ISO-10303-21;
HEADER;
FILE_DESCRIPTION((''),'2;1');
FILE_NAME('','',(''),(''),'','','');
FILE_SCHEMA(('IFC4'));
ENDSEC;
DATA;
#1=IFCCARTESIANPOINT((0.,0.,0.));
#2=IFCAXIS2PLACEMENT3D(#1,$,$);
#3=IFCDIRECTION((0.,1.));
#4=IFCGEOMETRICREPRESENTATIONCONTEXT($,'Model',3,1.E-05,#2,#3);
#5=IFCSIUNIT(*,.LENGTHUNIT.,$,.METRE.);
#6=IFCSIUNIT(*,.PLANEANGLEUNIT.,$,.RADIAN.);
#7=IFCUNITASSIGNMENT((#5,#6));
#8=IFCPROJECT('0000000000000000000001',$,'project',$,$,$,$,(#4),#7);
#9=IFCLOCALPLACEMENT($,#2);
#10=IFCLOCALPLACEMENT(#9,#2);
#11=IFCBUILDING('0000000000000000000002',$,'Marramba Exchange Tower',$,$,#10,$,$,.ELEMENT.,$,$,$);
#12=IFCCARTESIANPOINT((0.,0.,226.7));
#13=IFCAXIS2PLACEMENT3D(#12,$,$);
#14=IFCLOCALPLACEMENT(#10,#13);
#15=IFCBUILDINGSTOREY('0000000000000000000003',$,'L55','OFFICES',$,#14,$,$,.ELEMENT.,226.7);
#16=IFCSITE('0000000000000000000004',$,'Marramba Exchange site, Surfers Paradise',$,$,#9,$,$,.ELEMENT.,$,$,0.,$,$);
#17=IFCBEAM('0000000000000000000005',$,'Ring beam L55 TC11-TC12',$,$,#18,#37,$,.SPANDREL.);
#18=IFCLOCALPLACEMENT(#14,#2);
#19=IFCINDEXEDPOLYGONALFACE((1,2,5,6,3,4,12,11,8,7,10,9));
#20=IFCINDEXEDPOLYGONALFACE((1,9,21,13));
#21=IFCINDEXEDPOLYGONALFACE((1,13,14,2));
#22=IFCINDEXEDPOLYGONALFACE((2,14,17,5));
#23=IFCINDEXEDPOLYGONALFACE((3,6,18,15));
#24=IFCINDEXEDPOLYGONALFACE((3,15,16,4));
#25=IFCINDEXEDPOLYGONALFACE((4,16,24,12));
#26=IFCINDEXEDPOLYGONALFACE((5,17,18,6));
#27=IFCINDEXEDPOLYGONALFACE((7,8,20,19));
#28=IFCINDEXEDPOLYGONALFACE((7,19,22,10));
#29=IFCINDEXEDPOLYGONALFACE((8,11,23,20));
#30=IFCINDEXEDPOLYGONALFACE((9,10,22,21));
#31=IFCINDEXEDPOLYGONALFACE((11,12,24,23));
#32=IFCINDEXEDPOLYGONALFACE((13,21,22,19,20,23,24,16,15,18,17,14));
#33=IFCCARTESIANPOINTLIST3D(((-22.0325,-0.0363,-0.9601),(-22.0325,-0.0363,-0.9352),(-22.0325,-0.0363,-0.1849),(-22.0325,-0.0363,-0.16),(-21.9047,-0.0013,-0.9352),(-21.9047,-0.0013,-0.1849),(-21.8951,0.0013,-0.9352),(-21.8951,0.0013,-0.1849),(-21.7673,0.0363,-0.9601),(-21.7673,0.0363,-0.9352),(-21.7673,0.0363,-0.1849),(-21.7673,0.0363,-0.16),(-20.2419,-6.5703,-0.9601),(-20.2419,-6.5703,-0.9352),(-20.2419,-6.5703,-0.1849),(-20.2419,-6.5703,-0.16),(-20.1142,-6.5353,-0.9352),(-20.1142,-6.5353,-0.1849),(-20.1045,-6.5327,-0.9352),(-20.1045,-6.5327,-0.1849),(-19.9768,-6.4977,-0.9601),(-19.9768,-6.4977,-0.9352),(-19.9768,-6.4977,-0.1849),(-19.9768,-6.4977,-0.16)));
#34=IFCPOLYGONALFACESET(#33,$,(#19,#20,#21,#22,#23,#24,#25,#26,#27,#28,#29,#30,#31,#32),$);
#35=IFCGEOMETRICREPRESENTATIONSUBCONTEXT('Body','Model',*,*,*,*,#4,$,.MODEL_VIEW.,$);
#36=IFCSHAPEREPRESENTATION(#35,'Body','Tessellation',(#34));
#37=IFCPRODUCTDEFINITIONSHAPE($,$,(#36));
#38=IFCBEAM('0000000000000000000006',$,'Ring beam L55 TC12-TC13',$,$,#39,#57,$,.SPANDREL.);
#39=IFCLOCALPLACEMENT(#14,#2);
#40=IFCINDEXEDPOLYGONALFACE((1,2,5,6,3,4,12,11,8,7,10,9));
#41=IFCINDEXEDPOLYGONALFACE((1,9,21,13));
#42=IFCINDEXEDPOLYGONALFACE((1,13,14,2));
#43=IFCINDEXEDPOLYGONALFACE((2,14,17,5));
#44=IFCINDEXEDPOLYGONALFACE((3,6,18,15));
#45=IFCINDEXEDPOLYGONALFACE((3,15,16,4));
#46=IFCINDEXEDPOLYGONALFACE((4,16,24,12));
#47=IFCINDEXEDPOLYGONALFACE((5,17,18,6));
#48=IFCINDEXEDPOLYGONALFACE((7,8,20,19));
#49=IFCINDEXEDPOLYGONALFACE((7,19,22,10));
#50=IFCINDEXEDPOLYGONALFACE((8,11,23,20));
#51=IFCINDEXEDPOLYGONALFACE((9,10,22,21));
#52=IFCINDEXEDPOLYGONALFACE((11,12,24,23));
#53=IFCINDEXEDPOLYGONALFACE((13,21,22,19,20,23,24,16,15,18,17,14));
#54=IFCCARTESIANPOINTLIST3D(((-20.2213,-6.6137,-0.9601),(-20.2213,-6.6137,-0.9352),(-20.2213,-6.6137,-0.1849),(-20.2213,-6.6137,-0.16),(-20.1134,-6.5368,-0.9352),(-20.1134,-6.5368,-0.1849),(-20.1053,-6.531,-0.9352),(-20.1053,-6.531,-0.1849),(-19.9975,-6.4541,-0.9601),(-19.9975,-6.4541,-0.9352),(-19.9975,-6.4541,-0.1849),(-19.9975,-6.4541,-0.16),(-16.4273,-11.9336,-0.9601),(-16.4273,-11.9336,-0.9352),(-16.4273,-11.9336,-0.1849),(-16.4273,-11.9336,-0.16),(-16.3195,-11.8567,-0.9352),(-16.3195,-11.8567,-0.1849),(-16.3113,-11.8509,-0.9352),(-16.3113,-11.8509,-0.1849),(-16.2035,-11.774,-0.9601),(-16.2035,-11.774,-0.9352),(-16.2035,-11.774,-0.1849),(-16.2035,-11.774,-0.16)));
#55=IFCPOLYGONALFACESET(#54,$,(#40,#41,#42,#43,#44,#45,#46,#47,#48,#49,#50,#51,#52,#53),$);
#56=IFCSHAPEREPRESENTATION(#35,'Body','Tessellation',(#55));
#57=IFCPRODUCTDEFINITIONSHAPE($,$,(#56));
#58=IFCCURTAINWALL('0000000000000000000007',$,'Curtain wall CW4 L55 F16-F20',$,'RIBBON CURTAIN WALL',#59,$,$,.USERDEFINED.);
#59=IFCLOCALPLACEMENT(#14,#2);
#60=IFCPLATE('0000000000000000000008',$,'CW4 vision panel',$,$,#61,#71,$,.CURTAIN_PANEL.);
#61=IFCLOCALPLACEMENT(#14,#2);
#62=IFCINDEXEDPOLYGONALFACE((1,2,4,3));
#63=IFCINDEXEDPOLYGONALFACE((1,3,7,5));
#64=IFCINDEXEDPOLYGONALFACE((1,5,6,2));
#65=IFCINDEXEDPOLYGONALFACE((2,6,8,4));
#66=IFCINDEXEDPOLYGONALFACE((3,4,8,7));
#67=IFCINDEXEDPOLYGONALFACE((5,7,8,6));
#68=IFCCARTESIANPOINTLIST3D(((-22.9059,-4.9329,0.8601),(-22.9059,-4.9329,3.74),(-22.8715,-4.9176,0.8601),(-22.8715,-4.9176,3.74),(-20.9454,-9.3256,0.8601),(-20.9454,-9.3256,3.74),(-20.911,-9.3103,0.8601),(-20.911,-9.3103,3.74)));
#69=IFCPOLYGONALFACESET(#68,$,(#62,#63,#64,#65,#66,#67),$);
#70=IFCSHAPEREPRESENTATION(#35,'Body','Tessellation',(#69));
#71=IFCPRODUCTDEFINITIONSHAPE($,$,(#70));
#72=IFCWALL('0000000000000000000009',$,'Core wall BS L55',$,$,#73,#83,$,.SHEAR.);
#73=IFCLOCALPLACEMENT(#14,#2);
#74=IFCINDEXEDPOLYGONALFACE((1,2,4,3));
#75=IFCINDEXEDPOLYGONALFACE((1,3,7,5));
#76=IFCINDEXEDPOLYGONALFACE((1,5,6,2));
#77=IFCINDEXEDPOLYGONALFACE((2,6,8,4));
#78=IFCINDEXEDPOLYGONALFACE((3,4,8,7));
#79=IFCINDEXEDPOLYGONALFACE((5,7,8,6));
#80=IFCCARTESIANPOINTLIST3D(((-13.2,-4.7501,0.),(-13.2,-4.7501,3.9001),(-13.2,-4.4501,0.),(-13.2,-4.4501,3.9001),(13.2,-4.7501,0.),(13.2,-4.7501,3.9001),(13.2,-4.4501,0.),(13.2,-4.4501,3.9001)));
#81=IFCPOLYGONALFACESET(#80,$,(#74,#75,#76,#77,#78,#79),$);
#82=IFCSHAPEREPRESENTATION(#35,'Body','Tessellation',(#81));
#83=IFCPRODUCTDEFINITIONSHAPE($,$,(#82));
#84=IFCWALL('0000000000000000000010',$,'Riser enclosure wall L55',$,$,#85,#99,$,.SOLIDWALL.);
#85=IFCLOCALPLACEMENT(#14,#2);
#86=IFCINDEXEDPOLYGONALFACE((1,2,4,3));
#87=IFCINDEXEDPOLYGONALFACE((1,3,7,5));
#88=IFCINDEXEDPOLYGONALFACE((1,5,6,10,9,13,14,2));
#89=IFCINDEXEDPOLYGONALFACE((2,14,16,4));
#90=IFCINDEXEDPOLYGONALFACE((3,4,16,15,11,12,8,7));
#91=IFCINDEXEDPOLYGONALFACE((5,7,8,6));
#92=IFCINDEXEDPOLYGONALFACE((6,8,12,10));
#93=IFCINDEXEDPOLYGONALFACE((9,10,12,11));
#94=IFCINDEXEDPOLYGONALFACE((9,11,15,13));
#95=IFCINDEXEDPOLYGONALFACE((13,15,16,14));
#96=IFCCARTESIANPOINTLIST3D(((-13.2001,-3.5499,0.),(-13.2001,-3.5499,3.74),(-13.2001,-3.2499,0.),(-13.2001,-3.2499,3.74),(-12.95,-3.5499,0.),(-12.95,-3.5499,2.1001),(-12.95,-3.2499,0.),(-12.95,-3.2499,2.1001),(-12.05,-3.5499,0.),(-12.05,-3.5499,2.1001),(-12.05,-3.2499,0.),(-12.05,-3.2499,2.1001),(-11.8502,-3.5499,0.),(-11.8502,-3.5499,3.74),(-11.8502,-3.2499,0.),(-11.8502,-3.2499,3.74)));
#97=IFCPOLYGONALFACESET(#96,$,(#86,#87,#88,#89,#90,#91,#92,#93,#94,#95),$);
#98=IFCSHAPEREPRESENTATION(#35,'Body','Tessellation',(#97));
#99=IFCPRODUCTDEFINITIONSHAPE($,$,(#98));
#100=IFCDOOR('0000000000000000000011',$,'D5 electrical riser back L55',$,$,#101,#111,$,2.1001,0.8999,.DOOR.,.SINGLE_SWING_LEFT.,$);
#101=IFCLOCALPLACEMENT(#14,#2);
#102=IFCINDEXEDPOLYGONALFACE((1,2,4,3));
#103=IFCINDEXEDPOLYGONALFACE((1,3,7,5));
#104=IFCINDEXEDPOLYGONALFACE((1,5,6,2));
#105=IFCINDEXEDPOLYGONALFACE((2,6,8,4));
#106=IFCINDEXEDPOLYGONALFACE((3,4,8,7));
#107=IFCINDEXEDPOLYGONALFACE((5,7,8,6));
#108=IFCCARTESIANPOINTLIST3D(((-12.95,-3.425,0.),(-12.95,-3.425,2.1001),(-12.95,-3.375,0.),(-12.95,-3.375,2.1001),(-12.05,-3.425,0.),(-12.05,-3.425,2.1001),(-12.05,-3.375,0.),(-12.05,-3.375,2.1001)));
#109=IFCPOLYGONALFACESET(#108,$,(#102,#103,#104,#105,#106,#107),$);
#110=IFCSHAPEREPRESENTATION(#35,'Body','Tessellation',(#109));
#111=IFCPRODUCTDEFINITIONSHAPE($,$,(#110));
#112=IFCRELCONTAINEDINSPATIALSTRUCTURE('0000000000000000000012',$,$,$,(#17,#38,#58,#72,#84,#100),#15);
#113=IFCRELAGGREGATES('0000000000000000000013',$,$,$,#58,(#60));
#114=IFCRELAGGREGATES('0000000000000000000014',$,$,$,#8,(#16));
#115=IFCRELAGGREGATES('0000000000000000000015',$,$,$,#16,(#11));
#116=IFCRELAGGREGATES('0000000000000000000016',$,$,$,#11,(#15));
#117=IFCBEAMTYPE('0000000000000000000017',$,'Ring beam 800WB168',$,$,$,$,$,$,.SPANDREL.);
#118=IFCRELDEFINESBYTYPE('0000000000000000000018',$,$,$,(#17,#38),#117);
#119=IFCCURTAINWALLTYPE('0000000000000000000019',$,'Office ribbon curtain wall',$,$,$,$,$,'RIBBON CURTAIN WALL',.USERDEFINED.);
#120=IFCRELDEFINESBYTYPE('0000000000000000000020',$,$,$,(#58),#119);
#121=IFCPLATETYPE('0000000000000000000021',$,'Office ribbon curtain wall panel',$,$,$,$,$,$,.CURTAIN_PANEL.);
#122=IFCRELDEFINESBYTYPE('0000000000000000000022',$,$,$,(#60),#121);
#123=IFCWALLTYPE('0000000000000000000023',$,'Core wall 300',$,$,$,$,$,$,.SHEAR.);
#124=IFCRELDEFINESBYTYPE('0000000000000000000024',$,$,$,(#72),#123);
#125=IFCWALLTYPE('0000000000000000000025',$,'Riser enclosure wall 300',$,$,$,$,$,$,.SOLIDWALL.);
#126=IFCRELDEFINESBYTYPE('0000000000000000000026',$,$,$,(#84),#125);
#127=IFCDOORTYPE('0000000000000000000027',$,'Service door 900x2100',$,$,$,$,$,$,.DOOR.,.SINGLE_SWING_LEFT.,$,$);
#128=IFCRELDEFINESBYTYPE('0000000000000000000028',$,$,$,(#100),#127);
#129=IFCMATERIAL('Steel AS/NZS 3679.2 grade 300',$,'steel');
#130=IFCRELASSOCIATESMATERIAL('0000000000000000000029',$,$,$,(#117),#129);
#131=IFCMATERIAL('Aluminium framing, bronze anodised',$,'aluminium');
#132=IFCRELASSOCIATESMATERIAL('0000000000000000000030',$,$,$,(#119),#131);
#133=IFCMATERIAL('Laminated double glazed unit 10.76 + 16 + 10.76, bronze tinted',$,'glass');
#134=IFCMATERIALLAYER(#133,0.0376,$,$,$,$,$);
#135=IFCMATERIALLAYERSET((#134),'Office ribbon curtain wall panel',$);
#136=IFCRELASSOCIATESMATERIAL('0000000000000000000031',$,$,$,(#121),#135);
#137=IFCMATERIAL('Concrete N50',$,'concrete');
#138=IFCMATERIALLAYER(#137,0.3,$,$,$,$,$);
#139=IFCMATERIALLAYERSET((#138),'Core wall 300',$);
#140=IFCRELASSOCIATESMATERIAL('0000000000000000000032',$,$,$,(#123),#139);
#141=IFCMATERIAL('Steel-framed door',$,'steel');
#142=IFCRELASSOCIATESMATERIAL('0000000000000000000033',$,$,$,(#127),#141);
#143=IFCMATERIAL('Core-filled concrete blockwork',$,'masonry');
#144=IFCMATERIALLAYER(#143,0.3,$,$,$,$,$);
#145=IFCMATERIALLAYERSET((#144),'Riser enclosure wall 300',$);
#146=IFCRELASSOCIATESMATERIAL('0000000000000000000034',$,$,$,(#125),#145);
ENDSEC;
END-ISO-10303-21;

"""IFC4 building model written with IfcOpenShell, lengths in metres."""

from ifc_helpers import new_model, si_unit, direction, frame, frame_2d, origin, origin_2d, place, context, subcontext, project, spatial, rectangle, i_section, extrude, material, layer, layer_set, material_profile, profile_set, type_object, element, fill, aggregate, save


model = new_model("IFC4")

# Units and contexts
model_context = context("Model", 3, precision=1e-05, world=origin(), true_north=direction((0.0, 1.0)))
body_context = subcontext(model_context, "Body", "Model", "MODEL_VIEW")
ifc_project = project(units=[si_unit("LENGTHUNIT", "METRE"), si_unit("PLANEANGLEUNIT", "RADIAN")], contexts=[model_context])

# Site, building, storey
site_placement = place(None, origin())
site = spatial("IfcSite", under=ifc_project, at=site_placement, Name="Marramba Exchange site, Surfers Paradise", CompositionType="ELEMENT", RefElevation=0.0)
building_placement = place(site_placement, origin())
building = spatial("IfcBuilding", under=site, at=building_placement, Name="Marramba Exchange Tower", CompositionType="ELEMENT")
storey_placement = place(building_placement, frame((0.0, 0.0, 226.7)))
storey = spatial("IfcBuildingStorey", under=building, at=storey_placement, Name="L55", Description="OFFICES", CompositionType="ELEMENT", Elevation=226.7)

# Shared definitions
ifc_material_1 = material(Name="Concrete N50", Category="concrete")

# Beams
ifc_material_2 = material(Name="Steel AS/NZS 3679.2 grade 300", Category="steel")
ifc_material_profile_1 = material_profile(ifc_material_2, i_section(OverallWidth=0.2749, OverallDepth=0.8, WebThickness=0.01, FlangeThickness=0.0249, at=origin_2d()), Name="800WB168")
ifc_profile_set_1 = profile_set([ifc_material_profile_1], Name="Steel AS/NZS 3679.2 grade 300")
beam_type_1 = type_object("IfcBeamType", Name="Ring beam 800WB168", PredefinedType="SPANDREL", material=ifc_profile_set_1)
beam_1_placement = place(storey_placement, frame((-21.8999, 0.0, -0.5601), z_axis=(0.264291, -0.964443, 0.0), x_axis=(0.964443, 0.264291, 0.0)))
element("IfcBeam", 1, at=beam_1_placement, inside=storey, type_object=beam_type_1, Name="Ring beam L55 TC11-TC12", PredefinedType="SPANDREL", context=body_context, shape_type="SweptSolid", body=[
    extrude(i_section(OverallWidth=0.2749, OverallDepth=0.8, WebThickness=0.01, FlangeThickness=0.0249, at=origin_2d()), origin(), (0.0, 0.0, 1.0), 6.7749),
])
beam_2_placement = place(storey_placement, frame((-20.1094, -6.5339, -0.5601), z_axis=(0.580637, -0.814162, 0.0), x_axis=(0.814162, 0.580637, 0.0)))
element("IfcBeam", 2, at=beam_2_placement, inside=storey, type_object=beam_type_1, Name="Ring beam L55 TC12-TC13", PredefinedType="SPANDREL", context=body_context, shape_type="SweptSolid", body=[
    extrude(i_section(OverallWidth=0.2749, OverallDepth=0.8, WebThickness=0.01, FlangeThickness=0.0249, at=origin_2d()), origin(), (0.0, 0.0, 1.0), 6.5342),
])

# Curtain wall, plate
ifc_material_3 = material(Name="Aluminium framing, bronze anodised", Category="aluminium")
curtain_wall_type = type_object("IfcCurtainWallType", Name="Office ribbon curtain wall", ElementType="RIBBON CURTAIN WALL", PredefinedType="USERDEFINED", material=ifc_material_3)
curtain_wall_placement = place(storey_placement, origin())
curtain_wall = element("IfcCurtainWall", 3, at=curtain_wall_placement, inside=storey, type_object=curtain_wall_type, Name="Curtain wall CW4 L55 F16-F20", ObjectType="RIBBON CURTAIN WALL", PredefinedType="USERDEFINED")
ifc_material_4 = material(Name="Laminated double glazed unit 10.76 + 16 + 10.76, bronze tinted", Category="glass")
ifc_layer_1 = layer(ifc_material_4, 0.0376)
ifc_layer_set_1 = layer_set([ifc_layer_1], Name="Office ribbon curtain wall panel")
plate_type = type_object("IfcPlateType", Name="Office ribbon curtain wall panel", PredefinedType="CURTAIN_PANEL", material=ifc_layer_set_1)
plate_placement = place(storey_placement, frame((-21.9084, -7.1216, 0.8601), z_axis=(0.0, 0.0, 1.0), x_axis=(0.407558, -0.91318, 0.0)))
plate = element("IfcPlate", 4, at=plate_placement, type_object=plate_type, Name="CW4 vision panel", PredefinedType="CURTAIN_PANEL", context=body_context, shape_type="SweptSolid", body=[
    extrude(rectangle(XDim=4.8103, YDim=0.0376, at=origin_2d()), origin(), (0.0, 0.0, 1.0), 2.8799),
])
aggregate(curtain_wall, [plate])

# Shared definitions
ifc_layer_2 = layer(ifc_material_1, 0.3)
ifc_layer_set_2 = layer_set([ifc_layer_2], Name="Core wall 300")
wall_type_1 = type_object("IfcWallType", Name="Core wall 300", PredefinedType="SHEAR", material=ifc_layer_set_2)
ifc_material_5 = material(Name="Steel-framed door", Category="steel")
door_type_1 = type_object("IfcDoorType", Name="Service door 900x2100", OperationType="SINGLE_SWING_LEFT", PredefinedType="DOOR", material=ifc_material_5)

# Wall
wall_1_placement = place(storey_placement, frame((-13.2, -4.6001, 0.0), z_axis=(0.0, 0.0, 1.0), x_axis=(1.0, 0.0, 0.0)))
element("IfcWall", 5, at=wall_1_placement, inside=storey, type_object=wall_type_1, Name="Core wall BS L55", PredefinedType="SHEAR", context=body_context, shape_type="SweptSolid", body=[
    extrude(rectangle(XDim=26.3999, YDim=0.3, at=frame_2d((13.2, 0.0))), origin(), (0.0, 0.0, 1.0), 3.9001),
])

# Wall, opening, door
ifc_material_6 = material(Name="Core-filled concrete blockwork", Category="masonry")
ifc_layer_3 = layer(ifc_material_6, 0.3)
ifc_layer_set_3 = layer_set([ifc_layer_3], Name="Riser enclosure wall 300")
wall_type_2 = type_object("IfcWallType", Name="Riser enclosure wall 300", PredefinedType="SOLIDWALL", material=ifc_layer_set_3)
wall_2_placement = place(storey_placement, frame((-13.2, -3.3999, 0.0), z_axis=(0.0, 0.0, 1.0), x_axis=(1.0, 0.0, 0.0)))
wall_2 = element("IfcWall", 6, at=wall_2_placement, inside=storey, type_object=wall_type_2, Name="Riser enclosure wall L55", PredefinedType="SOLIDWALL", context=body_context, shape_type="SweptSolid", body=[
    extrude(rectangle(XDim=1.3499, YDim=0.3, at=frame_2d((0.6748, 0.0))), origin(), (0.0, 0.0, 1.0), 3.74),
])
opening_1_placement = place(wall_2_placement, frame((0.25, 0.0, 0.0)))
opening_1 = element("IfcOpeningElement", 7, at=opening_1_placement, cuts=wall_2, PredefinedType="OPENING", context=body_context, shape_type="SweptSolid", body=[
    extrude(rectangle(XDim=0.8999, YDim=2.1001, at=frame_2d((0.45, 1.05))), frame((0.0, 0.1599, 0.0), z_axis=(0.0, -1.0, 0.0), x_axis=(1.0, 0.0, 0.0)), (0.0, 0.0, 1.0), 0.3201),
])
door_1_placement = place(opening_1_placement, frame((0.8999, 0.0, 0.0), z_axis=(0.0, 0.0, 1.0), x_axis=(-1.0, 0.0, 0.0)))
door_1 = element("IfcDoor", 8, at=door_1_placement, inside=storey, type_object=door_type_1, Name="D5 electrical riser back L55", OperationType="SINGLE_SWING_LEFT", OverallHeight=2.1001, OverallWidth=0.8999, PredefinedType="DOOR", context=body_context, shape_type="SweptSolid", body=[
    extrude(rectangle(XDim=0.8999, YDim=2.1001, at=frame_2d((0.45, 1.05))), frame((0.0, 0.0251, 0.0), z_axis=(0.0, -1.0, 0.0), x_axis=(1.0, 0.0, 0.0)), (0.0, 0.0, 1.0), 0.05),
])
fill(opening_1, door_1)

save(model, "model.ifc")
